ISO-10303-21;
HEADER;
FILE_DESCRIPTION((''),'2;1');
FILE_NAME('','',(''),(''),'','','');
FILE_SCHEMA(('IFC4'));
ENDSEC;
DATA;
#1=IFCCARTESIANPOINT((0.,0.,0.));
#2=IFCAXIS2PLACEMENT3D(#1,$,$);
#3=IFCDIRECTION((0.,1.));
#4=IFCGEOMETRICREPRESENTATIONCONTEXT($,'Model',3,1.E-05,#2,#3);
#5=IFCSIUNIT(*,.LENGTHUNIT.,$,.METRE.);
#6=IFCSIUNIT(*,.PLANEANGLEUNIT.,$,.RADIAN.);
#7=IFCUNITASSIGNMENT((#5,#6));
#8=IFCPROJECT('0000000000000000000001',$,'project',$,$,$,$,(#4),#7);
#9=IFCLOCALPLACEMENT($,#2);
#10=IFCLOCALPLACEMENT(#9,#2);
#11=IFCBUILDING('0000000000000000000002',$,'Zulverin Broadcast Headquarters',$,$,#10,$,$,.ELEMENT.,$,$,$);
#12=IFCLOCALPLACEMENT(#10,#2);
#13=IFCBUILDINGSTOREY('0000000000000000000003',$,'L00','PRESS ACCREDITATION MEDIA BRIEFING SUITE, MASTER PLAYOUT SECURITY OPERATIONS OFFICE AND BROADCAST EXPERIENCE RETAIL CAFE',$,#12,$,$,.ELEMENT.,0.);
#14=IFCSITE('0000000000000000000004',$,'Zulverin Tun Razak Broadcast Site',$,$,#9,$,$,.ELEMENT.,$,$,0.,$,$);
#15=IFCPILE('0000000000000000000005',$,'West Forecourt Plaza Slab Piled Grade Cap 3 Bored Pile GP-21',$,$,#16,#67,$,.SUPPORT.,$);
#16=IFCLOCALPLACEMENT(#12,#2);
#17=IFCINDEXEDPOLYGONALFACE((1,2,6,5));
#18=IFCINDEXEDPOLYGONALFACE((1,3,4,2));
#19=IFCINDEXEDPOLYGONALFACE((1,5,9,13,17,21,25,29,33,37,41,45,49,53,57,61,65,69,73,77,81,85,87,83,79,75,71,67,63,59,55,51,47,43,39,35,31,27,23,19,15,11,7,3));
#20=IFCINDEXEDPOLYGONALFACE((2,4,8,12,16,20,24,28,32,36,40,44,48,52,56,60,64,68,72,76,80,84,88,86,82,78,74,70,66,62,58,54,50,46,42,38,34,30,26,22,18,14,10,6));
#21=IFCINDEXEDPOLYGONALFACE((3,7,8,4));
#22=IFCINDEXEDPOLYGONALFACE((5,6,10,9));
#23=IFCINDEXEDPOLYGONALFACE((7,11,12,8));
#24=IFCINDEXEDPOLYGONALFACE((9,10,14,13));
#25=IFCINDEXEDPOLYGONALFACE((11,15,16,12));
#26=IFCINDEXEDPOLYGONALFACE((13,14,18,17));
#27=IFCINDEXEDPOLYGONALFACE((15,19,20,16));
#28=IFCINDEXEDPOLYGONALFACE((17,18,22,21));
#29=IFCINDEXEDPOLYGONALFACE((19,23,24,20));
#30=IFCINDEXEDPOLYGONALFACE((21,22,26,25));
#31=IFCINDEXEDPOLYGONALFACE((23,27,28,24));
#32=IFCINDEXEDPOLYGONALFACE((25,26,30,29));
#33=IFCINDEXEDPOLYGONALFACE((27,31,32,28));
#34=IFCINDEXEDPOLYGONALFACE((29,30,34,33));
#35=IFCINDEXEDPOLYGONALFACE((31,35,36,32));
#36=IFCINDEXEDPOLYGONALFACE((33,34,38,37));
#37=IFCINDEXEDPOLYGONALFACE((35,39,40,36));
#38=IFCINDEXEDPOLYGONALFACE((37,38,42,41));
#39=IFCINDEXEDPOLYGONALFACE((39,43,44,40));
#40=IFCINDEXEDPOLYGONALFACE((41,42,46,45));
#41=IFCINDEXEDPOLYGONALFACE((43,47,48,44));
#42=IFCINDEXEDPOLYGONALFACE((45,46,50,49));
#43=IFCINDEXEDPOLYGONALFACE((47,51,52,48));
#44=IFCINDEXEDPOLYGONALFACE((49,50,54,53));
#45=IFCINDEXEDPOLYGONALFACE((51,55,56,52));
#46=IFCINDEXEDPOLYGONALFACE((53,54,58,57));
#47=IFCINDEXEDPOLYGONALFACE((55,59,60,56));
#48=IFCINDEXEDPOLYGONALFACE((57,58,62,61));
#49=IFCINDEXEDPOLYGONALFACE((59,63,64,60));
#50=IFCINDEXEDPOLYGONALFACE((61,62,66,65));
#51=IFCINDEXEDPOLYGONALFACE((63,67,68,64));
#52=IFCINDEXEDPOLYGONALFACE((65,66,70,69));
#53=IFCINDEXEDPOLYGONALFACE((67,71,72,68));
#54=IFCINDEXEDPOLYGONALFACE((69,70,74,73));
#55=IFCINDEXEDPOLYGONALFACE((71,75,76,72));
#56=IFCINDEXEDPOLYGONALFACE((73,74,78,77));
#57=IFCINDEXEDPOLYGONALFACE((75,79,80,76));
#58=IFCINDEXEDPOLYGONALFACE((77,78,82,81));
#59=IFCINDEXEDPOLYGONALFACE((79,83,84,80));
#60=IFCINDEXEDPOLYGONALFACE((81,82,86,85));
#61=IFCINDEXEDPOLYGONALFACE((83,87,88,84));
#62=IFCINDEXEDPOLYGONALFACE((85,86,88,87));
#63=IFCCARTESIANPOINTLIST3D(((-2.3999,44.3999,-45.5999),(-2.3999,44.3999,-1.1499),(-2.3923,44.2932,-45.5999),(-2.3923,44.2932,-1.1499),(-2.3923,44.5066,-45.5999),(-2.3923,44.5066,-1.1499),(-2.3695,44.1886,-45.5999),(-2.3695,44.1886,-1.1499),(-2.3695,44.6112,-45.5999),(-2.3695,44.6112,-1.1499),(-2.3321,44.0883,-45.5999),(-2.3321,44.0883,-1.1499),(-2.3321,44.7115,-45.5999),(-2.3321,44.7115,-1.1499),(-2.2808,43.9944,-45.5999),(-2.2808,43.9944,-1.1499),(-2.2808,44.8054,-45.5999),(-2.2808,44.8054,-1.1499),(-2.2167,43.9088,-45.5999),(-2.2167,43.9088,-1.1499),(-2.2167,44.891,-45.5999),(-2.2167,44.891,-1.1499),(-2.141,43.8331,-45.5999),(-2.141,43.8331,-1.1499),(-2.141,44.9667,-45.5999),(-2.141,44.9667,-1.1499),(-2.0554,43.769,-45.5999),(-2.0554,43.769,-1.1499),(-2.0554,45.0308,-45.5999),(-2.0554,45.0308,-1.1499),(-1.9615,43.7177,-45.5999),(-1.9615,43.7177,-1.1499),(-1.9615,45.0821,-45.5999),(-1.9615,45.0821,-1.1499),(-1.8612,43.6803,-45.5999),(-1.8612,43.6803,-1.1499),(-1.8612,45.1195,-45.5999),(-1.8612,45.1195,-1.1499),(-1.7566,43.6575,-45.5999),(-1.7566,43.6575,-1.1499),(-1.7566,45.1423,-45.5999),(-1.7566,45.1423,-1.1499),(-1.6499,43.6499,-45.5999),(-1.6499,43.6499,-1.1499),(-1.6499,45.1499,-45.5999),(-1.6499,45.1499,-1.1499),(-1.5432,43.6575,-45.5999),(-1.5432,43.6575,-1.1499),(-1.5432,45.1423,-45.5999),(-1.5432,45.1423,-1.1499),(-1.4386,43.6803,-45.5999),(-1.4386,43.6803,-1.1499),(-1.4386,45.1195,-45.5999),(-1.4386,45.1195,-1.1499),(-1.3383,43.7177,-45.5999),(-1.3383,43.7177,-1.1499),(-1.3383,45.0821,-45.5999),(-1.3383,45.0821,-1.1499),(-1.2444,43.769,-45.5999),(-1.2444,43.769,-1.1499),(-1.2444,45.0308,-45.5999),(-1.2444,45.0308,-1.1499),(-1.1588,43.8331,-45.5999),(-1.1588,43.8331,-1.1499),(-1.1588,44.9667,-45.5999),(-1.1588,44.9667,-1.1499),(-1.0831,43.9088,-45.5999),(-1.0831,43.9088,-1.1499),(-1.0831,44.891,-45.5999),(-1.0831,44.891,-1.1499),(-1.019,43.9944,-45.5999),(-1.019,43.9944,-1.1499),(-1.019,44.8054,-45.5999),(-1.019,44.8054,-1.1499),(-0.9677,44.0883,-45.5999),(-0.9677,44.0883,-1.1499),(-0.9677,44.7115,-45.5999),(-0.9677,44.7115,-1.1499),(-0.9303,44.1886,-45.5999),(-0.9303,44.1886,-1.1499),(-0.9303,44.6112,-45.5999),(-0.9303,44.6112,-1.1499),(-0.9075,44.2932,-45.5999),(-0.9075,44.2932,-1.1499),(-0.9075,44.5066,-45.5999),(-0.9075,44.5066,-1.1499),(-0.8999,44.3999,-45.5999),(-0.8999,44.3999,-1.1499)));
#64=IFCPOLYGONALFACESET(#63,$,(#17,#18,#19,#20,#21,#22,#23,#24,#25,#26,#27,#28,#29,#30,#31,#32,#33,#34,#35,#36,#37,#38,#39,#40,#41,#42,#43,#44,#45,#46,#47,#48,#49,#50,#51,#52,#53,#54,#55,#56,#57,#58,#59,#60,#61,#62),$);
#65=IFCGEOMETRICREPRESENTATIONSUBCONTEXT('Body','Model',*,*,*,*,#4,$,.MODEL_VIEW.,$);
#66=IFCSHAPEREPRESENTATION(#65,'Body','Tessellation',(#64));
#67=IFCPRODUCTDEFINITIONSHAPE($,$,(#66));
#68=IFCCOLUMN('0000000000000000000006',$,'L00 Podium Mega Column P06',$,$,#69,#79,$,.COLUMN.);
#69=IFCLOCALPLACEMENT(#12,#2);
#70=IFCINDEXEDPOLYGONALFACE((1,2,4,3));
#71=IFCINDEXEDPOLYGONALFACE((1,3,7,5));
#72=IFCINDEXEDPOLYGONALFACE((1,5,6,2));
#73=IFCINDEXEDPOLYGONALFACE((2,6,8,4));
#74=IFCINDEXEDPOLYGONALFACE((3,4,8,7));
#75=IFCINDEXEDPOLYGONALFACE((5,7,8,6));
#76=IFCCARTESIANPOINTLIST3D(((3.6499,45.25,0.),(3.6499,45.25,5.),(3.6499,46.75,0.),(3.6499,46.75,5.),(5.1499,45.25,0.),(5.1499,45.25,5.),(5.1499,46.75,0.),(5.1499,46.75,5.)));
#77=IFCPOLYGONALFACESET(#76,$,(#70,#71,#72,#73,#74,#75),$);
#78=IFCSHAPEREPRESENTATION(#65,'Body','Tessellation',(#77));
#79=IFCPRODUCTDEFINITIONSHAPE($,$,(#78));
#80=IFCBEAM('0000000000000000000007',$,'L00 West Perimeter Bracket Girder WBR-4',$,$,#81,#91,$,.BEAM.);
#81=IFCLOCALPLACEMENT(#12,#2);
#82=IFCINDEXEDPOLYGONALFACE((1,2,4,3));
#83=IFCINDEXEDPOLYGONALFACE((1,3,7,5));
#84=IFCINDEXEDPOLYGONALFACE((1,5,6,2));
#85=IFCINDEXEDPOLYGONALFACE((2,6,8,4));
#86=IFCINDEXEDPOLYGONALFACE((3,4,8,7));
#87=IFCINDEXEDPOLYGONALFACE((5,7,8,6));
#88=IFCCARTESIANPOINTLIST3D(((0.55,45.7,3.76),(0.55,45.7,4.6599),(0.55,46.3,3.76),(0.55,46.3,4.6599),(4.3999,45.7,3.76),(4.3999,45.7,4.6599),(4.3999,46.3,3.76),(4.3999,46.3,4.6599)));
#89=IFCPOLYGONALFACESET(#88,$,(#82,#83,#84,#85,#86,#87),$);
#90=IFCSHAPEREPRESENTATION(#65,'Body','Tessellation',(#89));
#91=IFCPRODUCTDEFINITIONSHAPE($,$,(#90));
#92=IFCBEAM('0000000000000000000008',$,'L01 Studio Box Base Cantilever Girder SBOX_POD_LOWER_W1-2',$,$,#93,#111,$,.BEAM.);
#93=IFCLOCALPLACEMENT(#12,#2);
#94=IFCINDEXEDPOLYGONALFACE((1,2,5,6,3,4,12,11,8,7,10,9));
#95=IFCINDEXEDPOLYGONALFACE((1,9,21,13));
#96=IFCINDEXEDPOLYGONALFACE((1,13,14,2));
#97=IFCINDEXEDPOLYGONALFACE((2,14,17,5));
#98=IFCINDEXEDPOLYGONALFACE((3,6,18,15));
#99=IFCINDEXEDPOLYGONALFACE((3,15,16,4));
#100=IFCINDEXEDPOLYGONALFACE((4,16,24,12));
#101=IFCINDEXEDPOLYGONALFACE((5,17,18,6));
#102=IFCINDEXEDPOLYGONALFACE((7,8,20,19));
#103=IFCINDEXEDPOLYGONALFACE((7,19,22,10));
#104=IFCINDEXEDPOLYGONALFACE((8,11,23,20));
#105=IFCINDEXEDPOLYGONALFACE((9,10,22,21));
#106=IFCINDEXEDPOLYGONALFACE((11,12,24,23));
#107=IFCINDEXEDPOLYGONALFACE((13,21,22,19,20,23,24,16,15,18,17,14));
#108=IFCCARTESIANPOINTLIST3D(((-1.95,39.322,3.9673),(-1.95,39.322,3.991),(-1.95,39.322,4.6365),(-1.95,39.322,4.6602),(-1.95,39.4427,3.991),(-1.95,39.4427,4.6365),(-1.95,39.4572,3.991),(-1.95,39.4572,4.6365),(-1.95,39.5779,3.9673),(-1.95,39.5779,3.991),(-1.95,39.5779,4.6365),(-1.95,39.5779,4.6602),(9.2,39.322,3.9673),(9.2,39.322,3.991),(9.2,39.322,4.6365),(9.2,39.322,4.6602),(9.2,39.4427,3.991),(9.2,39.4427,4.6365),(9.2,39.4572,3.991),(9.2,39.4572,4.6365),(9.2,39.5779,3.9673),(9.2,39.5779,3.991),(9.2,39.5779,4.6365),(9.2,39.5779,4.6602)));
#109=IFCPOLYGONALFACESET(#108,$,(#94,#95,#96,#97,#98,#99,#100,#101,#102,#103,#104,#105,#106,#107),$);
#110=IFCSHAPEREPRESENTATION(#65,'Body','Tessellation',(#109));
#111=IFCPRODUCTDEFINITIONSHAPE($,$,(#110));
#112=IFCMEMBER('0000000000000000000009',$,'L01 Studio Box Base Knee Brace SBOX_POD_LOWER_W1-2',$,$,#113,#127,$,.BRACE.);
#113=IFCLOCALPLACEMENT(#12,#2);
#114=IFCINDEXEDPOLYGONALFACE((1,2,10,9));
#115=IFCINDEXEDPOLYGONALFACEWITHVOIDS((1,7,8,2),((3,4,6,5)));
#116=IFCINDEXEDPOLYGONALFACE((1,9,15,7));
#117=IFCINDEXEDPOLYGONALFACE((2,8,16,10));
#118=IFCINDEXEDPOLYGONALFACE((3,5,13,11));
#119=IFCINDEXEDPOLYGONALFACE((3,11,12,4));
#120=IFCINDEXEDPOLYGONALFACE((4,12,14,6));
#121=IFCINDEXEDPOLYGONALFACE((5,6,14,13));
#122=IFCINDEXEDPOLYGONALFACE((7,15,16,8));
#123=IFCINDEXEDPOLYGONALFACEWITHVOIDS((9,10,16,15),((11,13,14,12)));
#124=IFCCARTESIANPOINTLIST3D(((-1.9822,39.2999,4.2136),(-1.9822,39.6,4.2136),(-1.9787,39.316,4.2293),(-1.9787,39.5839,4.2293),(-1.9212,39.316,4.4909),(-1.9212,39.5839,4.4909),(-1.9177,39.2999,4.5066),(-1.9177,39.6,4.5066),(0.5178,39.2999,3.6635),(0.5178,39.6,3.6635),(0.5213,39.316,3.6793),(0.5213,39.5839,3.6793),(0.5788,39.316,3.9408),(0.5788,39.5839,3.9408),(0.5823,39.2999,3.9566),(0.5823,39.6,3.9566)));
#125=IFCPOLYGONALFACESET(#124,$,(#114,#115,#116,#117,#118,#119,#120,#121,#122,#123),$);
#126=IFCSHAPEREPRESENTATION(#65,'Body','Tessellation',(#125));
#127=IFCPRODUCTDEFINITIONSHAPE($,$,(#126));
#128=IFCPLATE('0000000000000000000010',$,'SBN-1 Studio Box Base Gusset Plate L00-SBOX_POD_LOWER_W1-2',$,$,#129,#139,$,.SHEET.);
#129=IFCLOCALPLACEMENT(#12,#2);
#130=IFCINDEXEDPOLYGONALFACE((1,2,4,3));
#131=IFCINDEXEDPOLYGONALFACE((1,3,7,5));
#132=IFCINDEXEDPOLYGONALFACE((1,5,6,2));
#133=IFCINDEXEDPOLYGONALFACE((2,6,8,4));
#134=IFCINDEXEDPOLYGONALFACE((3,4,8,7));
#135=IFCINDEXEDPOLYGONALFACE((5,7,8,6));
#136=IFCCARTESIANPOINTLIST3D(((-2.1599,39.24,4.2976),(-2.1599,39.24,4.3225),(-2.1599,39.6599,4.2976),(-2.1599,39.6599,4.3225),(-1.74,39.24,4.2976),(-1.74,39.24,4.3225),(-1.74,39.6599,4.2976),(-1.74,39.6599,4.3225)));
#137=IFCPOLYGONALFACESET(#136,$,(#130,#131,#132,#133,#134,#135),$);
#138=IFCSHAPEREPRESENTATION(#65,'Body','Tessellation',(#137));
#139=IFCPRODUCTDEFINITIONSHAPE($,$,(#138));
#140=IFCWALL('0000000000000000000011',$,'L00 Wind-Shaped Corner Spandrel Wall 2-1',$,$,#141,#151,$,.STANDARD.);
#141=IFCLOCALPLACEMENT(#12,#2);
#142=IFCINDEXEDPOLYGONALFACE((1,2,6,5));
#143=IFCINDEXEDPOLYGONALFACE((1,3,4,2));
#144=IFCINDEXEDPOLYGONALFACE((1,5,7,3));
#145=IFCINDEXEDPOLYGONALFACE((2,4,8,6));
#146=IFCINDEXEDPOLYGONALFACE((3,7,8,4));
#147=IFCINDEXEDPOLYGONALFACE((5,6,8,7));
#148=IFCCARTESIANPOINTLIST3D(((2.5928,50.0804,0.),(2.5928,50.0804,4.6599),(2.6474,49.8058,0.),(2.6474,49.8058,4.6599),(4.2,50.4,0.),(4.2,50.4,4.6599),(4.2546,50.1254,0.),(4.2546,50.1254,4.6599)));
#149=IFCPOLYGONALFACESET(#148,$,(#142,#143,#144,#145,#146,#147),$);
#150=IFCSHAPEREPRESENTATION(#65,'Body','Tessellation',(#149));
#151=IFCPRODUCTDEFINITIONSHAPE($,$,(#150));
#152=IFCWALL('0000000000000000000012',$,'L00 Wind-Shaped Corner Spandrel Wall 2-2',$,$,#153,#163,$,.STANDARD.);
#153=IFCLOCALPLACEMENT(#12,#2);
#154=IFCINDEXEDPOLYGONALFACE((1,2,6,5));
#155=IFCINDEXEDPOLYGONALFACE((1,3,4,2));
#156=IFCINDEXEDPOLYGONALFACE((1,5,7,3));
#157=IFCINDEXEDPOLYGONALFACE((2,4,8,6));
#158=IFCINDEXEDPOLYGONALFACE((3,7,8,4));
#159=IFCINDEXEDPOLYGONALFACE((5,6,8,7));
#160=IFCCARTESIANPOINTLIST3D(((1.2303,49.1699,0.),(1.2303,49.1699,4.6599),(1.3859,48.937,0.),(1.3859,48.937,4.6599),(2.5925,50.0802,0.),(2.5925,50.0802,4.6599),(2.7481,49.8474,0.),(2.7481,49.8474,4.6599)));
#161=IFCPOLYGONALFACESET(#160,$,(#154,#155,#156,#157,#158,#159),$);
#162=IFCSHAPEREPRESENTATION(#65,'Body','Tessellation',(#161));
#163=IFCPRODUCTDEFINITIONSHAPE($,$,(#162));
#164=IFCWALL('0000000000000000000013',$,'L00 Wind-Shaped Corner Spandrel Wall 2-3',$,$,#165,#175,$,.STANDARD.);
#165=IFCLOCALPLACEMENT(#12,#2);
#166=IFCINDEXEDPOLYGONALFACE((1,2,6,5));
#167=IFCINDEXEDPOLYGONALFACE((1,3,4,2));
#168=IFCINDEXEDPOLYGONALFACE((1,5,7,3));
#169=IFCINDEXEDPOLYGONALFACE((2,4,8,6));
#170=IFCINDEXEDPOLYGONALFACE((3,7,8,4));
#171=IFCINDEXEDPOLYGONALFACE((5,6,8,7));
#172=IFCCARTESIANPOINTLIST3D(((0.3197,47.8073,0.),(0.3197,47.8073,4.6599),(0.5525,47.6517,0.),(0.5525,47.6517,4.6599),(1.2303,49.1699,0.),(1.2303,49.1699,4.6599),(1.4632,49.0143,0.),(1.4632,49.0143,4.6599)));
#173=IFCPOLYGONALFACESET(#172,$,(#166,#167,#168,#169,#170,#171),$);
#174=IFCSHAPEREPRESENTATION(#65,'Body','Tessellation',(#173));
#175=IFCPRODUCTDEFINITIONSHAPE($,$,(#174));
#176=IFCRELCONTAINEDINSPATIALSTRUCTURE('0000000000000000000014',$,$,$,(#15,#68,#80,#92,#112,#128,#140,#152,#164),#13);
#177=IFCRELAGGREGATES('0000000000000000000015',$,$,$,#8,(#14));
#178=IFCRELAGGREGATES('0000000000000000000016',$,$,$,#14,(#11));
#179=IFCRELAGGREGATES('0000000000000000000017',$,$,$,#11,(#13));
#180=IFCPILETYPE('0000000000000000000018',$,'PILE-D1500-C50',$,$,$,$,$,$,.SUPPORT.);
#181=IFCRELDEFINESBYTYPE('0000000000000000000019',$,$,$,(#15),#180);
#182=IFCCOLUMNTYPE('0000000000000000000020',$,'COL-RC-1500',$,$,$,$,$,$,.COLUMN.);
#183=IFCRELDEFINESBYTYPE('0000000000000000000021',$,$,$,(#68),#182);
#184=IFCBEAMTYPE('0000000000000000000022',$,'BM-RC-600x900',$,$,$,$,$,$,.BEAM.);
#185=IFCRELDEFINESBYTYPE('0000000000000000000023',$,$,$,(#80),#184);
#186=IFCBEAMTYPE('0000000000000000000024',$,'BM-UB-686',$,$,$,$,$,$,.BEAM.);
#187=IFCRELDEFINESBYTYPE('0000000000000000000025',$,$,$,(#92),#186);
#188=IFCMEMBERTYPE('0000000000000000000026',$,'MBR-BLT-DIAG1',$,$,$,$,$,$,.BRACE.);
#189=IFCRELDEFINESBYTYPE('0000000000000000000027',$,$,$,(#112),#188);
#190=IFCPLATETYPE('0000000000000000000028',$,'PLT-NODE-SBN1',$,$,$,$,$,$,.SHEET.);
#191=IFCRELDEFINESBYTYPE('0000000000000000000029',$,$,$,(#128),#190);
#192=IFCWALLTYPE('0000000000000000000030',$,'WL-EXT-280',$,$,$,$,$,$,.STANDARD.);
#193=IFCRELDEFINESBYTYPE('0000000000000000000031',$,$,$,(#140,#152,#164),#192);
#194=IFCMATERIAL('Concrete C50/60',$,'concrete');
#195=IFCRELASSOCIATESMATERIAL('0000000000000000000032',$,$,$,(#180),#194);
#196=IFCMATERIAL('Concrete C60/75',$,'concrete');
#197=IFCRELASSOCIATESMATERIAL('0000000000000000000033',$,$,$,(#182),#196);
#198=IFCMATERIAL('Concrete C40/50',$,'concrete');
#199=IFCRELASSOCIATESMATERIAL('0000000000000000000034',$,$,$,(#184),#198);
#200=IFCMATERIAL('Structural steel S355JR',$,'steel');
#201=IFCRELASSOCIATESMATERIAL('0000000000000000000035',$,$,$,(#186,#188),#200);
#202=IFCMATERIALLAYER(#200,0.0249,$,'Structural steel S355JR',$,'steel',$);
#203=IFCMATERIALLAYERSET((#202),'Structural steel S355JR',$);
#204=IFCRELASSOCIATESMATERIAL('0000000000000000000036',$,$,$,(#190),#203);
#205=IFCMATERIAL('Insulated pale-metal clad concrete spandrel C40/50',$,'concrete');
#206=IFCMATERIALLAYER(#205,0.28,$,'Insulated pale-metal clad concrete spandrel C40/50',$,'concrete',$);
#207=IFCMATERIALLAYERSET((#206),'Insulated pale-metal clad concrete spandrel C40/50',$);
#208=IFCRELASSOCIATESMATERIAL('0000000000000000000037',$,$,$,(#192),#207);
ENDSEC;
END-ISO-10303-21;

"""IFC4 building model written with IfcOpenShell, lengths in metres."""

from ifc_helpers import new_model, si_unit, direction, frame, frame_2d, origin, origin_2d, place, context, subcontext, project, spatial, rectangle, hollow_rectangle, circle, i_section, extrude, material, layer, layer_set, material_profile, profile_set, type_object, element, save


model = new_model("IFC4")

# Units and contexts
model_context = context("Model", 3, precision=1e-05, world=origin(), true_north=direction((0.0, 1.0)))
body_context = subcontext(model_context, "Body", "Model", "MODEL_VIEW")
ifc_project = project(units=[si_unit("LENGTHUNIT", "METRE"), si_unit("PLANEANGLEUNIT", "RADIAN")], contexts=[model_context])

# Site, building, storey
site_placement = place(None, origin())
site = spatial("IfcSite", under=ifc_project, at=site_placement, Name="Zulverin Tun Razak Broadcast Site", CompositionType="ELEMENT", RefElevation=0.0)
building_placement = place(site_placement, origin())
building = spatial("IfcBuilding", under=site, at=building_placement, Name="Zulverin Broadcast Headquarters", CompositionType="ELEMENT")
storey_placement = place(building_placement, origin())
storey = spatial("IfcBuildingStorey", under=building, at=storey_placement, Name="L00", Description="PRESS ACCREDITATION MEDIA BRIEFING SUITE, MASTER PLAYOUT SECURITY OPERATIONS OFFICE AND BROADCAST EXPERIENCE RETAIL CAFE", CompositionType="ELEMENT", Elevation=0.0)

# Pile
ifc_material_1 = material(Name="Concrete C50/60", Category="concrete")
ifc_material_profile_1 = material_profile(ifc_material_1, circle(Radius=0.75, at=origin_2d()), Name="Concrete C50/60", Category="concrete")
ifc_profile_set_1 = profile_set([ifc_material_profile_1], Name="Concrete C50/60")
pile_type = type_object("IfcPileType", Name="PILE-D1500-C50", PredefinedType="SUPPORT", material=ifc_profile_set_1)
pile_placement = place(storey_placement, frame((-1.6499, 44.3999, -1.1499), z_axis=(0.0, 0.0, -1.0), x_axis=(1.0, 0.0, 0.0)))
element("IfcPile", 1, at=pile_placement, inside=storey, type_object=pile_type, Name="West Forecourt Plaza Slab Piled Grade Cap 3 Bored Pile GP-21", PredefinedType="SUPPORT", context=body_context, shape_type="SweptSolid", body=[
    extrude(circle(Radius=0.75, at=origin_2d()), origin(), (0.0, 0.0, 1.0), 44.45),
])

# Column
ifc_material_2 = material(Name="Concrete C60/75", Category="concrete")
ifc_material_profile_2 = material_profile(ifc_material_2, rectangle(XDim=1.5, YDim=1.5, at=origin_2d()), Name="Concrete C60/75", Category="concrete")
ifc_profile_set_2 = profile_set([ifc_material_profile_2], Name="Concrete C60/75")
column_type = type_object("IfcColumnType", Name="COL-RC-1500", PredefinedType="COLUMN", material=ifc_profile_set_2)
column_placement = place(storey_placement, frame((4.3999, 46.0, 0.0), z_axis=(0.0, 0.0, 1.0), x_axis=(1.0, 0.0, 0.0)))
element("IfcColumn", 2, at=column_placement, inside=storey, type_object=column_type, Name="L00 Podium Mega Column P06", PredefinedType="COLUMN", context=body_context, shape_type="SweptSolid", body=[
    extrude(rectangle(XDim=1.5, YDim=1.5, at=origin_2d()), origin(), (0.0, 0.0, 1.0), 5.0),
])

# Beams
ifc_material_3 = material(Name="Concrete C40/50", Category="concrete")
ifc_material_profile_3 = material_profile(ifc_material_3, rectangle(XDim=0.6001, YDim=0.8999, at=origin_2d()), Name="Concrete C40/50", Category="concrete")
ifc_profile_set_3 = profile_set([ifc_material_profile_3], Name="Concrete C40/50")
beam_type_1 = type_object("IfcBeamType", Name="BM-RC-600x900", PredefinedType="BEAM", material=ifc_profile_set_3)
beam_1_placement = place(storey_placement, frame((4.3999, 46.0, 4.21), z_axis=(-1.0, 0.0, 0.0), x_axis=(0.0, -1.0, 0.0)))
element("IfcBeam", 3, at=beam_1_placement, inside=storey, type_object=beam_type_1, Name="L00 West Perimeter Bracket Girder WBR-4", PredefinedType="BEAM", context=body_context, shape_type="SweptSolid", body=[
    extrude(rectangle(XDim=0.6001, YDim=0.8999, at=origin_2d()), origin(), (0.0, 0.0, 1.0), 3.8499),
])
ifc_material_4 = material(Name="Structural steel S355JR", Category="steel")
ifc_material_profile_4 = material_profile(ifc_material_4, i_section(OverallWidth=0.2559, OverallDepth=0.6929, WebThickness=0.0144, FlangeThickness=0.0237, at=origin_2d()), Name="Structural steel S355JR", Category="steel")
ifc_profile_set_4 = profile_set([ifc_material_profile_4], Name="Structural steel S355JR")
beam_type_2 = type_object("IfcBeamType", Name="BM-UB-686", PredefinedType="BEAM", material=ifc_profile_set_4)
beam_2_placement = place(storey_placement, frame((9.2, 39.45, 4.3137), z_axis=(-1.0, 0.0, 0.0), x_axis=(0.0, -1.0, 0.0)))
element("IfcBeam", 4, at=beam_2_placement, inside=storey, type_object=beam_type_2, Name="L01 Studio Box Base Cantilever Girder SBOX_POD_LOWER_W1-2", PredefinedType="BEAM", context=body_context, shape_type="SweptSolid", body=[
    extrude(i_section(OverallWidth=0.2559, OverallDepth=0.6929, WebThickness=0.0144, FlangeThickness=0.0237, at=origin_2d()), origin(), (0.0, 0.0, 1.0), 11.1499),
])

# Member
ifc_material_profile_5 = material_profile(ifc_material_4, hollow_rectangle(XDim=0.3, YDim=0.3, WallThickness=0.0161, at=origin_2d()), Name="Structural steel S355JR", Category="steel")
ifc_profile_set_5 = profile_set([ifc_material_profile_5], Name="Structural steel S355JR")
member_type = type_object("IfcMemberType", Name="MBR-BLT-DIAG1", PredefinedType="BRACE", material=ifc_profile_set_5)
member_placement = place(storey_placement, frame((0.55, 39.45, 3.8101), z_axis=(-0.97664, 0.0, 0.21488), x_axis=(0.0, -1.0, 0.0)))
element("IfcMember", 5, at=member_placement, inside=storey, type_object=member_type, Name="L01 Studio Box Base Knee Brace SBOX_POD_LOWER_W1-2", PredefinedType="BRACE", context=body_context, shape_type="SweptSolid", body=[
    extrude(hollow_rectangle(XDim=0.3, YDim=0.3, WallThickness=0.0161, at=origin_2d()), origin(), (0.0, 0.0, 1.0), 2.5598),
])

# Plate
ifc_layer_1 = layer(ifc_material_4, 0.0249, Name="Structural steel S355JR", Category="steel")
ifc_layer_set_1 = layer_set([ifc_layer_1], Name="Structural steel S355JR")
plate_type = type_object("IfcPlateType", Name="PLT-NODE-SBN1", PredefinedType="SHEET", material=ifc_layer_set_1)
plate_placement = place(storey_placement, frame((-1.95, 39.45, 4.2976), z_axis=(0.0, 0.0, 1.0), x_axis=(1.0, 0.0, 0.0)))
element("IfcPlate", 6, at=plate_placement, inside=storey, type_object=plate_type, Name="SBN-1 Studio Box Base Gusset Plate L00-SBOX_POD_LOWER_W1-2", PredefinedType="SHEET", context=body_context, shape_type="SweptSolid", body=[
    extrude(rectangle(XDim=0.4199, YDim=0.4199, at=origin_2d()), origin(), (0.0, 0.0, 1.0), 0.0249),
])

# Walls
ifc_material_5 = material(Name="Insulated pale-metal clad concrete spandrel C40/50", Category="concrete")
ifc_layer_2 = layer(ifc_material_5, 0.28, Name="Insulated pale-metal clad concrete spandrel C40/50", Category="concrete")
ifc_layer_set_2 = layer_set([ifc_layer_2], Name="Insulated pale-metal clad concrete spandrel C40/50")
wall_type_1 = type_object("IfcWallType", Name="WL-EXT-280", PredefinedType="STANDARD", material=ifc_layer_set_2)
wall_1_placement = place(storey_placement, frame((4.2273, 50.2627, 0.0), z_axis=(0.0, 0.0, 1.0), x_axis=(-0.980798, -0.195027, 0.0)))
element("IfcWall", 7, at=wall_1_placement, inside=storey, type_object=wall_type_1, Name="L00 Wind-Shaped Corner Spandrel Wall 2-1", PredefinedType="STANDARD", context=body_context, shape_type="SweptSolid", body=[
    extrude(rectangle(XDim=1.6387, YDim=0.28, at=frame_2d((0.8193, 0.0))), origin(), (0.0, 0.0, 1.0), 4.6599),
])
wall_2_placement = place(storey_placement, frame((2.6704, 49.9639, 0.0), z_axis=(0.0, 0.0, 1.0), x_axis=(-0.831431, -0.555628, 0.0)))
element("IfcWall", 8, at=wall_2_placement, inside=storey, type_object=wall_type_1, Name="L00 Wind-Shaped Corner Spandrel Wall 2-2", PredefinedType="STANDARD", context=body_context, shape_type="SweptSolid", body=[
    extrude(rectangle(XDim=1.6384, YDim=0.28, at=frame_2d((0.8193, 0.0))), origin(), (0.0, 0.0, 1.0), 4.6599),
])
for number, where, z_axis, x_axis, name in (
    (9, (1.3467, 49.092, 0.0), (0.0, 0.0, 1.0), (-0.555662, -0.831408, 0.0), "L00 Wind-Shaped Corner Spandrel Wall 2-3"),
):
    element("IfcWall", number, at=place(storey_placement, frame(where, z_axis=z_axis, x_axis=x_axis)), inside=storey, type_object=wall_type_1, Name=name, PredefinedType="STANDARD", context=body_context, shape_type="SweptSolid", body=[
        extrude(rectangle(XDim=1.6389, YDim=0.28, at=frame_2d((0.8193, 0.0))), origin(), (0.0, 0.0, 1.0), 4.6599),
    ])

save(model, "model.ifc")
